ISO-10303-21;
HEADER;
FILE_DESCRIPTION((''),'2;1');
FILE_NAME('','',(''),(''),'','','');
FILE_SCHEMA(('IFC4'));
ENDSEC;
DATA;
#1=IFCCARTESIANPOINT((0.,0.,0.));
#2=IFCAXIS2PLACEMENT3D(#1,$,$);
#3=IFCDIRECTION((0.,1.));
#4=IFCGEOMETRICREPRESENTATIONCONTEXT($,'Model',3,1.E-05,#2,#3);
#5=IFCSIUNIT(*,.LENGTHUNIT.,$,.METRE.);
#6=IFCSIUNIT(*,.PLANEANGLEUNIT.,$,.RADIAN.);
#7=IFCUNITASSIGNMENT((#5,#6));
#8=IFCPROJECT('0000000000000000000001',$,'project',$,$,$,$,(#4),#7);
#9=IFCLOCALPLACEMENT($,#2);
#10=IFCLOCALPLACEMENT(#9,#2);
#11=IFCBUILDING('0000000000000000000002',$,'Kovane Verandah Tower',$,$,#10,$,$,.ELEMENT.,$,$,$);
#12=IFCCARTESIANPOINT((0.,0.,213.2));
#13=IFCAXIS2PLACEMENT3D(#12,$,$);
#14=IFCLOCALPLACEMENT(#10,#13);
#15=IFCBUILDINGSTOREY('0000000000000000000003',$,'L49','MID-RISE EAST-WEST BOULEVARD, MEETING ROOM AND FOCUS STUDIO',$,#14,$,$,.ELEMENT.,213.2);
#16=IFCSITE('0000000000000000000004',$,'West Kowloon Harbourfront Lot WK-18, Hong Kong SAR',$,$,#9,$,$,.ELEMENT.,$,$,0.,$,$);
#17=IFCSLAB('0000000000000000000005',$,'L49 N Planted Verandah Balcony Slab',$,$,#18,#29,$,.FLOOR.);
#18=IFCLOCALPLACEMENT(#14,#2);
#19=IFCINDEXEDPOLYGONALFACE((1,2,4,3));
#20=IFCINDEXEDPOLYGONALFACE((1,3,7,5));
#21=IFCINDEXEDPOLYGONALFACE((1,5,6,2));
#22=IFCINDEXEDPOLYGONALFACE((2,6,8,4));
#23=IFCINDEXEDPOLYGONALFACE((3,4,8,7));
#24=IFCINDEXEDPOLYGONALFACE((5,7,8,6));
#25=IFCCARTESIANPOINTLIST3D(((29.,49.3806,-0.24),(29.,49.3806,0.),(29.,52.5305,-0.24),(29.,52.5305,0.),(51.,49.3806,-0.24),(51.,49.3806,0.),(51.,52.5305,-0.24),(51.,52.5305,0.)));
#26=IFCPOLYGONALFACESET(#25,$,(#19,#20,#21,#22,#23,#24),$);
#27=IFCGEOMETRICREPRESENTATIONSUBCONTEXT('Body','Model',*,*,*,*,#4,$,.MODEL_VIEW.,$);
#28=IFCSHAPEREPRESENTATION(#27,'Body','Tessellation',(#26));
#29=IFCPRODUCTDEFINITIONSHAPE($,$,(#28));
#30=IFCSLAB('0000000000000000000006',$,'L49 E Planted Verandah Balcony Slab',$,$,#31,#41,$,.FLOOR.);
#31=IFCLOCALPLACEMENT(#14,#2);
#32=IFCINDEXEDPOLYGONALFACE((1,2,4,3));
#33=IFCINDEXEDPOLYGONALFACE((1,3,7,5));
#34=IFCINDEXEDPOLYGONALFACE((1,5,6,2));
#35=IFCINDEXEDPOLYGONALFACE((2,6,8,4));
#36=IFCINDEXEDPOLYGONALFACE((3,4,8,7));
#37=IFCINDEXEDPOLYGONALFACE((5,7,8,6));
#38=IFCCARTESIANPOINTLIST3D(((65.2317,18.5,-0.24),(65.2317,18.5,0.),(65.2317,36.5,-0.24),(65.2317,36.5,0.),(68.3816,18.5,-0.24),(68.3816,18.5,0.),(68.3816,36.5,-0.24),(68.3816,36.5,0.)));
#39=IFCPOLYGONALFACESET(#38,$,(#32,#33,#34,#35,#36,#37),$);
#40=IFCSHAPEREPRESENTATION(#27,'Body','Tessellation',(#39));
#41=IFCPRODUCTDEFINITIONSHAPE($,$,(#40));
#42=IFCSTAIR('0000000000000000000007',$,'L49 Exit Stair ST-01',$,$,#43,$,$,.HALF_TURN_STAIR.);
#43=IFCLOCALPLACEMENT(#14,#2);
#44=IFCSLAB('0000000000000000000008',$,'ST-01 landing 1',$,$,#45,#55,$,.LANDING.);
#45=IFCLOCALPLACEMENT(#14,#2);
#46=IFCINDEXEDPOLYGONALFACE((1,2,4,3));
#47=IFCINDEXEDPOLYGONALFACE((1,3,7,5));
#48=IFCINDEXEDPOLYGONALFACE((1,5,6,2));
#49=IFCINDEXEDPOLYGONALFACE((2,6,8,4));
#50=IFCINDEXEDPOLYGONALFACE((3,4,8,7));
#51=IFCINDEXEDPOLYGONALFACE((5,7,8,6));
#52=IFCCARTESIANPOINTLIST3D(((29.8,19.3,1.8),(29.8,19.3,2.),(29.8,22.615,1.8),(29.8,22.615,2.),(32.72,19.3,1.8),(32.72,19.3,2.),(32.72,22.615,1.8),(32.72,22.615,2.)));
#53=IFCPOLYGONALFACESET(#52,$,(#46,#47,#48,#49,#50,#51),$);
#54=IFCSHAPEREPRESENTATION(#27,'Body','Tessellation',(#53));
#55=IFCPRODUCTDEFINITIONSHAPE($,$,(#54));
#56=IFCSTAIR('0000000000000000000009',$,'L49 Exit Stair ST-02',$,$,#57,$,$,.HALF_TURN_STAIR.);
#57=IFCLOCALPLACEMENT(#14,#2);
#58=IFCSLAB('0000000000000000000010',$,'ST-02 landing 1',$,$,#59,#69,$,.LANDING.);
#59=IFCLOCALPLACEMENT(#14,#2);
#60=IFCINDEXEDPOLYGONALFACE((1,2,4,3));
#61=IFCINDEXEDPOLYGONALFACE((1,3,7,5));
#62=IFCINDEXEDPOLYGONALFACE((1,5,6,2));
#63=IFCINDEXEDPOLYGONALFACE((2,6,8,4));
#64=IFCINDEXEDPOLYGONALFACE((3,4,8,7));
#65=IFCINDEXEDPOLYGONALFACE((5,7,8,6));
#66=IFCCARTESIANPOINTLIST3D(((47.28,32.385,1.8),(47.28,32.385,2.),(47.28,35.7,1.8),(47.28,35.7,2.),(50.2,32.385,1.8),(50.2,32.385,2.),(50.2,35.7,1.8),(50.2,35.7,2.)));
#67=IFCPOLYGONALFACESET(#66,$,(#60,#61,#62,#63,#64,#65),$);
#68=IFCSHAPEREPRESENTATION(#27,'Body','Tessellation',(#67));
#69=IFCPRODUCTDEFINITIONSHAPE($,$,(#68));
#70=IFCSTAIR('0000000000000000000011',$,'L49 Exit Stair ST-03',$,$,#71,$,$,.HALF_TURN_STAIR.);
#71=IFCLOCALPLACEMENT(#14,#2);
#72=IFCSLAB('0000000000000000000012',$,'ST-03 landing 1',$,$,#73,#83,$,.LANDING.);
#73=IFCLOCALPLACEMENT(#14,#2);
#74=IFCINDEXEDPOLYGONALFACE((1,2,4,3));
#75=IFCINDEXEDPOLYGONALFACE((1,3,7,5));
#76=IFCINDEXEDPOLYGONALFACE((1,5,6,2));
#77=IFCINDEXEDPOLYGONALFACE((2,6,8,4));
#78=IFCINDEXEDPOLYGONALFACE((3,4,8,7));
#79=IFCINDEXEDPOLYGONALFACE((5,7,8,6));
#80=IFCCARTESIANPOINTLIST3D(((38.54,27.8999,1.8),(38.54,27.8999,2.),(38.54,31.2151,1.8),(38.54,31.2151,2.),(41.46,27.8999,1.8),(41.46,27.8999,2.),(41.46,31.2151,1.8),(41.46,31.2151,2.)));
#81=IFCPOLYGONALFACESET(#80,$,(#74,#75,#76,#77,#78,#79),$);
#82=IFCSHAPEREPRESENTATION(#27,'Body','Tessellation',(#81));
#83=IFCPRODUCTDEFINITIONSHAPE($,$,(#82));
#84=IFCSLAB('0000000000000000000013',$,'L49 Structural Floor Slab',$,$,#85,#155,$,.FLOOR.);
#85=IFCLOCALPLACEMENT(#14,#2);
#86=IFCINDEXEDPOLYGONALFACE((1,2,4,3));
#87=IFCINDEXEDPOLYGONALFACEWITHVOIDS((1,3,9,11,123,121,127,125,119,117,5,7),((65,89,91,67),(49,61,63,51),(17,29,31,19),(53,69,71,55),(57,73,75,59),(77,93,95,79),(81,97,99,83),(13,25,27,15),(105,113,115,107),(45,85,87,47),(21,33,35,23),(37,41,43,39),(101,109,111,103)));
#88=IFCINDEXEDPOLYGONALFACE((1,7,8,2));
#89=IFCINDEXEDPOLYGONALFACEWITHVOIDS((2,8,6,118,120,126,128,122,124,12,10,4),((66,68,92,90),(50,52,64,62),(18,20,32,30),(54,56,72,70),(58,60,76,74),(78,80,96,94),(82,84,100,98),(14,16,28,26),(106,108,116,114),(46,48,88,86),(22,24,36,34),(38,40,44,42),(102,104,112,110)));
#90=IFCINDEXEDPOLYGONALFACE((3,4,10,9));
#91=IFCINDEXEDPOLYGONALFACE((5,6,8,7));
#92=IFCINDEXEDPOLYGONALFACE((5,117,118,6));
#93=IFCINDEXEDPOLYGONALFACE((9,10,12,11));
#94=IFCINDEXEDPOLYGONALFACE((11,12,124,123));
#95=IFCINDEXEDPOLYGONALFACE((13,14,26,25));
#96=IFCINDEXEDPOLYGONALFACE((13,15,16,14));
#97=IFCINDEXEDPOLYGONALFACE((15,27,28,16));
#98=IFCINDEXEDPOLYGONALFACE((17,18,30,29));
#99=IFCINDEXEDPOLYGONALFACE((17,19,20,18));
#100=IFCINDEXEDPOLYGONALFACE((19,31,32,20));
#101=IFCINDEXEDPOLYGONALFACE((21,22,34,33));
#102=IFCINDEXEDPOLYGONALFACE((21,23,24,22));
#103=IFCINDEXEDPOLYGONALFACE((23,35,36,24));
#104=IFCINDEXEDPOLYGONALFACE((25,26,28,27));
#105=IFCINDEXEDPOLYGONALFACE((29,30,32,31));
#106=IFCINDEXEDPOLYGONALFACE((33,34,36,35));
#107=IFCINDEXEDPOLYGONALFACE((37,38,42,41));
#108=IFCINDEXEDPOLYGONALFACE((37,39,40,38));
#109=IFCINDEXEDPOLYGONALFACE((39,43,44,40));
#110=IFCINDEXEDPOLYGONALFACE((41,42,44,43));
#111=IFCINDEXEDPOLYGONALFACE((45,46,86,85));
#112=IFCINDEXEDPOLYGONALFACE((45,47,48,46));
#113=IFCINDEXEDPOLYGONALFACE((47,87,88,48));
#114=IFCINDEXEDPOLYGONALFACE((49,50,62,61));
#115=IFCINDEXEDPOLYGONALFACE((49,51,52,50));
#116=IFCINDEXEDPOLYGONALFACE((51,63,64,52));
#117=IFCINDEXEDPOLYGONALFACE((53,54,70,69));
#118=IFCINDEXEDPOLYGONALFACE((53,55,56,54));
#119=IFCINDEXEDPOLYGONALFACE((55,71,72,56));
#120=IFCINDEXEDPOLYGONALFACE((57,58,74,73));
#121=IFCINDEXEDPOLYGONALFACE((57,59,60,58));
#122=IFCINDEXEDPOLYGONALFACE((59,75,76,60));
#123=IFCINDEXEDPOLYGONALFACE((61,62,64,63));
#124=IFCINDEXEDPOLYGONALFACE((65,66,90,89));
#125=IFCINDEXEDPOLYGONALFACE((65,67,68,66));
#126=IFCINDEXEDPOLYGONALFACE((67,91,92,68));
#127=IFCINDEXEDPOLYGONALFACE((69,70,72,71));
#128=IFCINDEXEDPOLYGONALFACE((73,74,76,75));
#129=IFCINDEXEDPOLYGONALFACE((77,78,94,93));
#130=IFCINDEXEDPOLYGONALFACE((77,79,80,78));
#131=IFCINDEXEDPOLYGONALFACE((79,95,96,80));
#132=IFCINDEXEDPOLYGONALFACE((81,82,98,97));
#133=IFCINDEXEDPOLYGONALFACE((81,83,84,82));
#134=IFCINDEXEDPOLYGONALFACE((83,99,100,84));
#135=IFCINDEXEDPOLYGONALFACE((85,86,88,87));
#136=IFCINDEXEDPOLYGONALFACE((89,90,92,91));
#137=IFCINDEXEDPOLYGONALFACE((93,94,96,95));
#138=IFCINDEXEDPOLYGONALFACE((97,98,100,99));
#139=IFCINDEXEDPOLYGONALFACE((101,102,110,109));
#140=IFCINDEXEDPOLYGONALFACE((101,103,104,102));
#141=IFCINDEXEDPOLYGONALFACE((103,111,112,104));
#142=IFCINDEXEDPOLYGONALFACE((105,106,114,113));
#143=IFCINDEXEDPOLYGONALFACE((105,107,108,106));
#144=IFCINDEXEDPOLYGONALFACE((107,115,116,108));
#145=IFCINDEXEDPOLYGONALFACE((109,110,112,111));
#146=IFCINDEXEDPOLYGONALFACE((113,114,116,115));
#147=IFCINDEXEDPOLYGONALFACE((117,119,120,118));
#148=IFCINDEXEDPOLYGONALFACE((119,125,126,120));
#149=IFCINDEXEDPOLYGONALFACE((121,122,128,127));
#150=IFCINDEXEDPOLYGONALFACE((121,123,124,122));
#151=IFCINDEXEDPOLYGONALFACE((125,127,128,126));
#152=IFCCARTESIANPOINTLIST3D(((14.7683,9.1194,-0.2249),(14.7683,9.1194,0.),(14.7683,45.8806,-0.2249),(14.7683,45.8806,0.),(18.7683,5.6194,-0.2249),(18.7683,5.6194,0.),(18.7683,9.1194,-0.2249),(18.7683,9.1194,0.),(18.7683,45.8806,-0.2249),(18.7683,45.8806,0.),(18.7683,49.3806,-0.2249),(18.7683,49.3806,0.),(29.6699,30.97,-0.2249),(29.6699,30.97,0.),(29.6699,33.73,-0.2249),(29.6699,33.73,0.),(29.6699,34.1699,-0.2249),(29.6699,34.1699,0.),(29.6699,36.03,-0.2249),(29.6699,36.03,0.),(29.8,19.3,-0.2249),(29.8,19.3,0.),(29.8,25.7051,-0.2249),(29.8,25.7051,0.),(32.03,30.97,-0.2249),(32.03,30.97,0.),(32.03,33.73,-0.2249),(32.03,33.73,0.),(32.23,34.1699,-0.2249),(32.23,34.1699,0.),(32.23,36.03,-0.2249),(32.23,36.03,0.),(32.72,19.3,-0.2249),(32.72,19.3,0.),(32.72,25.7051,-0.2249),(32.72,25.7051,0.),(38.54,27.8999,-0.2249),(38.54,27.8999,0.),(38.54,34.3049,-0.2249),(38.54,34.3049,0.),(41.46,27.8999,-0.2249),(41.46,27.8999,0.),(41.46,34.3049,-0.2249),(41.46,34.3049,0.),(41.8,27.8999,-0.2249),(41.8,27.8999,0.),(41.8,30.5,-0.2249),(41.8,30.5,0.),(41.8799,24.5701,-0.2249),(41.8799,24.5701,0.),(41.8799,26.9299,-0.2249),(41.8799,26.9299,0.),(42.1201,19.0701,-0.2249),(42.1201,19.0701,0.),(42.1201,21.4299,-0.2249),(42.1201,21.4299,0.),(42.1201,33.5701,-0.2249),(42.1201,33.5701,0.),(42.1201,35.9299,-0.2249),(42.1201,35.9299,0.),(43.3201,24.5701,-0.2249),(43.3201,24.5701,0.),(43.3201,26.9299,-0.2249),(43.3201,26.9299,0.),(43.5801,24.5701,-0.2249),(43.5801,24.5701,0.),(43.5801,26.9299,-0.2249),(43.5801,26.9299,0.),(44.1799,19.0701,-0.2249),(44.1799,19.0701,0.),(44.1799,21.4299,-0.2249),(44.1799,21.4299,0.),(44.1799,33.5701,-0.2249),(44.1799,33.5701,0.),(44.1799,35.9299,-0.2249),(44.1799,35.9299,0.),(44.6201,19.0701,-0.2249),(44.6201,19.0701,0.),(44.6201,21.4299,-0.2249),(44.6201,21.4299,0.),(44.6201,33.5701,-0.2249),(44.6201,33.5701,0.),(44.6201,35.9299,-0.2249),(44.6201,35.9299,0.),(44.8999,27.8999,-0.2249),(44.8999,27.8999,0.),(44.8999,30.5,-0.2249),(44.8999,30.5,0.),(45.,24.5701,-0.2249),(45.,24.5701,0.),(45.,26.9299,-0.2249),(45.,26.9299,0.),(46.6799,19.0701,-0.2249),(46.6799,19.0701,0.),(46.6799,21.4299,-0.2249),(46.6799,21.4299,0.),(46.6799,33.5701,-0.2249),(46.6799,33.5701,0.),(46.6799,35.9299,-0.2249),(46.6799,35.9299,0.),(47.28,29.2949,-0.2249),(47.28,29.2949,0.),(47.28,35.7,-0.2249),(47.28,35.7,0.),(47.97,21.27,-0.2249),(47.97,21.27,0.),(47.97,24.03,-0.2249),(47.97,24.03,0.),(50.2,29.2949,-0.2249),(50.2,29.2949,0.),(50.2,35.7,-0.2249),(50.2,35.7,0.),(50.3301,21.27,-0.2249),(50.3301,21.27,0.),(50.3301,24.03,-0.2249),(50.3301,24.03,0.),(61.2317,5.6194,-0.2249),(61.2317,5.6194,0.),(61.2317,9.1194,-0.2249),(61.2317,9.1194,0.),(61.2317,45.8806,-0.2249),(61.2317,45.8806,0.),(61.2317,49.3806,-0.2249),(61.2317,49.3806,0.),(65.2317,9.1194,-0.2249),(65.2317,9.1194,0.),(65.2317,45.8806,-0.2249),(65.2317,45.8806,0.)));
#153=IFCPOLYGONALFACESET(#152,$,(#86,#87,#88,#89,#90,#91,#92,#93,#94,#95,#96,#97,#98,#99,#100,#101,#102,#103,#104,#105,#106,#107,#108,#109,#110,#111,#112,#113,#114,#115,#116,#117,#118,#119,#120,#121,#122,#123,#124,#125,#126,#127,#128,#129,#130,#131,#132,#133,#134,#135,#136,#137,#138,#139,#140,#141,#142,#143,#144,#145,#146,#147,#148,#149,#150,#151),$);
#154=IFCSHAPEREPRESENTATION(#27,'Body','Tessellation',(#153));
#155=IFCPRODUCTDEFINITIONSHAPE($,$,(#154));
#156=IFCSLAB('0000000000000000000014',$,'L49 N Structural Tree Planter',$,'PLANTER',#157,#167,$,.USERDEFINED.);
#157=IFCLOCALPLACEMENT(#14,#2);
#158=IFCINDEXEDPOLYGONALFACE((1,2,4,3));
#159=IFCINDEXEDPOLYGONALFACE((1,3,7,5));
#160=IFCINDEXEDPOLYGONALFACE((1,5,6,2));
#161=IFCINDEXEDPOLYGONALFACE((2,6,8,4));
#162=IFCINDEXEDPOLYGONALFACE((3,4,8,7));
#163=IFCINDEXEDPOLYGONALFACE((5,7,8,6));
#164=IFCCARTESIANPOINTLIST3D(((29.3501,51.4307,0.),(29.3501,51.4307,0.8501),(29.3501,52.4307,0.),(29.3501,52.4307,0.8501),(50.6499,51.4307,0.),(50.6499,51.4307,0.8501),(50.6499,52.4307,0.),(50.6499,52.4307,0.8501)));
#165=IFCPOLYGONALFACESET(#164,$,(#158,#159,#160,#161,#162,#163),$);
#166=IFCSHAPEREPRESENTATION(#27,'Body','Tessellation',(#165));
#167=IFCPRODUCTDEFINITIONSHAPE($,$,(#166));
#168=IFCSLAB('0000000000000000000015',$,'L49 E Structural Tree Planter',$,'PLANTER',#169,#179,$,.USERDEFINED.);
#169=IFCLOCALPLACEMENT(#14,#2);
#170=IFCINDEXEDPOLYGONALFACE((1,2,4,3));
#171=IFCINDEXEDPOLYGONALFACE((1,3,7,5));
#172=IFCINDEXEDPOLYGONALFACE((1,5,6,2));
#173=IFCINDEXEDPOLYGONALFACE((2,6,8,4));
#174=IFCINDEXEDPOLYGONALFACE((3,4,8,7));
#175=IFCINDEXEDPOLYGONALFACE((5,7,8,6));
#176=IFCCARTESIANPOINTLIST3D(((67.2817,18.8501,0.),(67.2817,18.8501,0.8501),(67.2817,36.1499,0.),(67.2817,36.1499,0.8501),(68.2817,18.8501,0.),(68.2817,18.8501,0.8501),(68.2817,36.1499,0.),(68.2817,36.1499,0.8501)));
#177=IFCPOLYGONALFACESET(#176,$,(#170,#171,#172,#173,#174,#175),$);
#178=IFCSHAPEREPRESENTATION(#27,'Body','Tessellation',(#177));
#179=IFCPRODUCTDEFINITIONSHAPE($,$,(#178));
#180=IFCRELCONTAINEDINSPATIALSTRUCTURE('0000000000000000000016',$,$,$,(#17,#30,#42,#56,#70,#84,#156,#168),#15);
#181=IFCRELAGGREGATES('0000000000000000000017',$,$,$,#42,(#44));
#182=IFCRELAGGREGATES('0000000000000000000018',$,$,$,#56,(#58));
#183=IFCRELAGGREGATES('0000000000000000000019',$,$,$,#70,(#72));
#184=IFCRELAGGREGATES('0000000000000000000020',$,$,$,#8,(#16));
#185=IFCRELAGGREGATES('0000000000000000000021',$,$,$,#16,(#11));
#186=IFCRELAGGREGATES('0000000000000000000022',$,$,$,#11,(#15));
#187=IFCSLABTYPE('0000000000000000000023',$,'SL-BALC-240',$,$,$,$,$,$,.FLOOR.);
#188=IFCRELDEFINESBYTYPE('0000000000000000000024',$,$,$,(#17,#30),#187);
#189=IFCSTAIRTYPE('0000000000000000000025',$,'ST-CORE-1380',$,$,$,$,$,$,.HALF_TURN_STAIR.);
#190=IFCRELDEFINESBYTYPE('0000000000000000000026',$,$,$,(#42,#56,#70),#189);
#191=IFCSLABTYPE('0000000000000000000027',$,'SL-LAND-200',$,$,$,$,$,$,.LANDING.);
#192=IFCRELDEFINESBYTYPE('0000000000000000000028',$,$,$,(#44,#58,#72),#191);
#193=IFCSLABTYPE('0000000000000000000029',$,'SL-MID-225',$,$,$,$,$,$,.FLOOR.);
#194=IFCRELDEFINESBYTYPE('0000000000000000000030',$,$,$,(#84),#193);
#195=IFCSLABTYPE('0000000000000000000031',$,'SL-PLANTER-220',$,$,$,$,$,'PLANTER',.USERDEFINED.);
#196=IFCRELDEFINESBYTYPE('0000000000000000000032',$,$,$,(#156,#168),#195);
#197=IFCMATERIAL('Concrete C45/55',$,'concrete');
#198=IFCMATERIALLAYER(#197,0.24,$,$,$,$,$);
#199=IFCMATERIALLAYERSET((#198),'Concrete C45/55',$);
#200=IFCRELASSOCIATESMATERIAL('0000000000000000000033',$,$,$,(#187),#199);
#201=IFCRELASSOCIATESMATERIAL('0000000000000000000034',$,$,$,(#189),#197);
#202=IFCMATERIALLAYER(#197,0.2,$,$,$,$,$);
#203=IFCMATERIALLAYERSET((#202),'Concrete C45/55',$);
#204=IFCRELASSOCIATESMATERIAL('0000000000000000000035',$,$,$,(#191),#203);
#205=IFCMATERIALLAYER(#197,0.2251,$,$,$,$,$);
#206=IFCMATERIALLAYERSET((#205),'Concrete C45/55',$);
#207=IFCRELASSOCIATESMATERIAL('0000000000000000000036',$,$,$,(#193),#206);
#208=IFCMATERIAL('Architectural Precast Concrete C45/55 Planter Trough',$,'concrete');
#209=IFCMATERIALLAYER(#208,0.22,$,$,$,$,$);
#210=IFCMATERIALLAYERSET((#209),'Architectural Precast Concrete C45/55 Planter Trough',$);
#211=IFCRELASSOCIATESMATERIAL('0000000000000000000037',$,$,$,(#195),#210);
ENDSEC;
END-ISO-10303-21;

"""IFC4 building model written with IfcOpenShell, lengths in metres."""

from ifc_helpers import new_model, si_unit, direction, frame, origin, place, context, subcontext, project, spatial, polyline, outline, extrude, material, layer, layer_set, type_object, element, aggregate, save


model = new_model("IFC4")

# Units and contexts
model_context = context("Model", 3, precision=1e-05, world=origin(), true_north=direction((0.0, 1.0)))
body_context = subcontext(model_context, "Body", "Model", "MODEL_VIEW")
ifc_project = project(units=[si_unit("LENGTHUNIT", "METRE"), si_unit("PLANEANGLEUNIT", "RADIAN")], contexts=[model_context])

# Site, building, storey
site_placement = place(None, origin())
site = spatial("IfcSite", under=ifc_project, at=site_placement, Name="West Kowloon Harbourfront Lot WK-18, Hong Kong SAR", CompositionType="ELEMENT", RefElevation=0.0)
building_placement = place(site_placement, origin())
building = spatial("IfcBuilding", under=site, at=building_placement, Name="Kovane Verandah Tower", CompositionType="ELEMENT")
storey_placement = place(building_placement, frame((0.0, 0.0, 213.2)))
storey = spatial("IfcBuildingStorey", under=building, at=storey_placement, Name="L49", Description="MID-RISE EAST-WEST BOULEVARD, MEETING ROOM AND FOCUS STUDIO", CompositionType="ELEMENT", Elevation=213.2)

# Slabs
ifc_material_1 = material(Name="Concrete C45/55", Category="concrete")
ifc_layer_1 = layer(ifc_material_1, 0.24)
ifc_layer_set_1 = layer_set([ifc_layer_1], Name="Concrete C45/55")
slab_type_1 = type_object("IfcSlabType", Name="SL-BALC-240", PredefinedType="FLOOR", material=ifc_layer_set_1)
slab_1_placement = place(storey_placement, frame((0.0, 0.0, -0.24)))
element("IfcSlab", 1, at=slab_1_placement, inside=storey, type_object=slab_type_1, Name="L49 N Planted Verandah Balcony Slab", PredefinedType="FLOOR", context=body_context, shape_type="SweptSolid", body=[
    extrude(outline(polyline([(29.0, 49.3806), (51.0, 49.3806), (51.0, 52.5305), (29.0, 52.5305), (29.0, 49.3806)])), origin(), (0.0, 0.0, 1.0), 0.24),
])
slab_2_placement = place(storey_placement, frame((0.0, 0.0, -0.24)))
element("IfcSlab", 2, at=slab_2_placement, inside=storey, type_object=slab_type_1, Name="L49 E Planted Verandah Balcony Slab", PredefinedType="FLOOR", context=body_context, shape_type="SweptSolid", body=[
    extrude(outline(polyline([(65.2317, 18.5), (68.3816, 18.5), (68.3816, 36.5), (65.2317, 36.5), (65.2317, 18.5)])), origin(), (0.0, 0.0, 1.0), 0.24),
])

# Stairs, slabs
stair_type = type_object("IfcStairType", Name="ST-CORE-1380", PredefinedType="HALF_TURN_STAIR", material=ifc_material_1)
stair_1_placement = place(storey_placement, origin())
stair_1 = element("IfcStair", 3, at=stair_1_placement, inside=storey, type_object=stair_type, Name="L49 Exit Stair ST-01", PredefinedType="HALF_TURN_STAIR")
ifc_layer_2 = layer(ifc_material_1, 0.2)
ifc_layer_set_2 = layer_set([ifc_layer_2], Name="Concrete C45/55")
slab_type_2 = type_object("IfcSlabType", Name="SL-LAND-200", PredefinedType="LANDING", material=ifc_layer_set_2)
slab_3_placement = place(storey_placement, frame((0.0, 0.0, 1.8)))
slab_3 = element("IfcSlab", 4, at=slab_3_placement, type_object=slab_type_2, Name="ST-01 landing 1", PredefinedType="LANDING", context=body_context, shape_type="SweptSolid", body=[
    extrude(outline(polyline([(29.8, 22.615), (29.8, 19.3), (32.72, 19.3), (32.72, 22.615), (29.8, 22.615)])), origin(), (0.0, 0.0, 1.0), 0.2),
])
aggregate(stair_1, [slab_3])
stair_2_placement = place(storey_placement, origin())
stair_2 = element("IfcStair", 5, at=stair_2_placement, inside=storey, type_object=stair_type, Name="L49 Exit Stair ST-02", PredefinedType="HALF_TURN_STAIR")
slab_4_placement = place(storey_placement, frame((0.0, 0.0, 1.8)))
slab_4 = element("IfcSlab", 6, at=slab_4_placement, type_object=slab_type_2, Name="ST-02 landing 1", PredefinedType="LANDING", context=body_context, shape_type="SweptSolid", body=[
    extrude(outline(polyline([(50.2, 32.385), (50.2, 35.7), (47.28, 35.7), (47.28, 32.385), (50.2, 32.385)])), origin(), (0.0, 0.0, 1.0), 0.2),
])
aggregate(stair_2, [slab_4])
stair_3_placement = place(storey_placement, origin())
stair_3 = element("IfcStair", 7, at=stair_3_placement, inside=storey, type_object=stair_type, Name="L49 Exit Stair ST-03", PredefinedType="HALF_TURN_STAIR")
slab_5_placement = place(storey_placement, frame((0.0, 0.0, 1.8)))
slab_5 = element("IfcSlab", 8, at=slab_5_placement, type_object=slab_type_2, Name="ST-03 landing 1", PredefinedType="LANDING", context=body_context, shape_type="SweptSolid", body=[
    extrude(outline(polyline([(38.54, 31.2151), (38.54, 27.8999), (41.46, 27.8999), (41.46, 31.2151), (38.54, 31.2151)])), origin(), (0.0, 0.0, 1.0), 0.2),
])
aggregate(stair_3, [slab_5])

# Slabs
ifc_layer_3 = layer(ifc_material_1, 0.2251)
ifc_layer_set_3 = layer_set([ifc_layer_3], Name="Concrete C45/55")
slab_type_3 = type_object("IfcSlabType", Name="SL-MID-225", PredefinedType="FLOOR", material=ifc_layer_set_3)
slab_6_placement = place(storey_placement, frame((0.0, 0.0, -0.2249)))
element("IfcSlab", 9, at=slab_6_placement, inside=storey, type_object=slab_type_3, Name="L49 Structural Floor Slab", PredefinedType="FLOOR", context=body_context, shape_type="SweptSolid", body=[
    extrude(outline(polyline([(18.7683, 5.6194), (61.2317, 5.6194), (61.2317, 9.1194), (65.2317, 9.1194), (65.2317, 45.8806), (61.2317, 45.8806), (61.2317, 49.3806), (18.7683, 49.3806), (18.7683, 45.8806), (14.7683, 45.8806), (14.7683, 9.1194), (18.7683, 9.1194), (18.7683, 5.6194)]), holes=[polyline([(29.8, 19.3), (32.72, 19.3), (32.72, 25.7051), (29.8, 25.7051), (29.8, 19.3)]), polyline([(47.28, 29.2949), (50.2, 29.2949), (50.2, 35.7), (47.28, 35.7), (47.28, 29.2949)]), polyline([(38.54, 27.8999), (41.46, 27.8999), (41.46, 34.3049), (38.54, 34.3049), (38.54, 27.8999)]), polyline([(29.6699, 30.97), (32.03, 30.97), (32.03, 33.73), (29.6699, 33.73), (29.6699, 30.97)]), polyline([(47.97, 21.27), (50.3301, 21.27), (50.3301, 24.03), (47.97, 24.03), (47.97, 21.27)]), polyline([(29.6699, 34.1699), (32.23, 34.1699), (32.23, 36.03), (29.6699, 36.03), (29.6699, 34.1699)]), polyline([(42.1201, 19.0701), (44.1799, 19.0701), (44.1799, 21.4299), (42.1201, 21.4299), (42.1201, 19.0701)]), polyline([(44.6201, 19.0701), (46.6799, 19.0701), (46.6799, 21.4299), (44.6201, 21.4299), (44.6201, 19.0701)]), polyline([(41.8799, 24.5701), (43.3201, 24.5701), (43.3201, 26.9299), (41.8799, 26.9299), (41.8799, 24.5701)]), polyline([(43.5801, 24.5701), (45.0, 24.5701), (45.0, 26.9299), (43.5801, 26.9299), (43.5801, 24.5701)]), polyline([(42.1201, 33.5701), (44.1799, 33.5701), (44.1799, 35.9299), (42.1201, 35.9299), (42.1201, 33.5701)]), polyline([(44.6201, 33.5701), (46.6799, 33.5701), (46.6799, 35.9299), (44.6201, 35.9299), (44.6201, 33.5701)]), polyline([(41.8, 27.8999), (44.8999, 27.8999), (44.8999, 30.5), (41.8, 30.5), (41.8, 27.8999)])]), origin(), (0.0, 0.0, 1.0), 0.2249),
])
ifc_material_2 = material(Name="Architectural Precast Concrete C45/55 Planter Trough", Category="concrete")
ifc_layer_4 = layer(ifc_material_2, 0.22)
ifc_layer_set_4 = layer_set([ifc_layer_4], Name="Architectural Precast Concrete C45/55 Planter Trough")
slab_type_4 = type_object("IfcSlabType", Name="SL-PLANTER-220", ElementType="PLANTER", PredefinedType="USERDEFINED", material=ifc_layer_set_4)
slab_7_placement = place(storey_placement, origin())
element("IfcSlab", 10, at=slab_7_placement, inside=storey, type_object=slab_type_4, Name="L49 N Structural Tree Planter", ObjectType="PLANTER", PredefinedType="USERDEFINED", context=body_context, shape_type="SweptSolid", body=[
    extrude(outline(polyline([(29.3501, 51.4307), (50.6499, 51.4307), (50.6499, 52.4307), (29.3501, 52.4307), (29.3501, 51.4307)])), origin(), (0.0, 0.0, 1.0), 0.8501),
])
slab_8_placement = place(storey_placement, origin())
element("IfcSlab", 11, at=slab_8_placement, inside=storey, type_object=slab_type_4, Name="L49 E Structural Tree Planter", ObjectType="PLANTER", PredefinedType="USERDEFINED", context=body_context, shape_type="SweptSolid", body=[
    extrude(outline(polyline([(67.2817, 18.8501), (68.2817, 18.8501), (68.2817, 36.1499), (67.2817, 36.1499), (67.2817, 18.8501)])), origin(), (0.0, 0.0, 1.0), 0.8501),
])

save(model, "model.ifc")
